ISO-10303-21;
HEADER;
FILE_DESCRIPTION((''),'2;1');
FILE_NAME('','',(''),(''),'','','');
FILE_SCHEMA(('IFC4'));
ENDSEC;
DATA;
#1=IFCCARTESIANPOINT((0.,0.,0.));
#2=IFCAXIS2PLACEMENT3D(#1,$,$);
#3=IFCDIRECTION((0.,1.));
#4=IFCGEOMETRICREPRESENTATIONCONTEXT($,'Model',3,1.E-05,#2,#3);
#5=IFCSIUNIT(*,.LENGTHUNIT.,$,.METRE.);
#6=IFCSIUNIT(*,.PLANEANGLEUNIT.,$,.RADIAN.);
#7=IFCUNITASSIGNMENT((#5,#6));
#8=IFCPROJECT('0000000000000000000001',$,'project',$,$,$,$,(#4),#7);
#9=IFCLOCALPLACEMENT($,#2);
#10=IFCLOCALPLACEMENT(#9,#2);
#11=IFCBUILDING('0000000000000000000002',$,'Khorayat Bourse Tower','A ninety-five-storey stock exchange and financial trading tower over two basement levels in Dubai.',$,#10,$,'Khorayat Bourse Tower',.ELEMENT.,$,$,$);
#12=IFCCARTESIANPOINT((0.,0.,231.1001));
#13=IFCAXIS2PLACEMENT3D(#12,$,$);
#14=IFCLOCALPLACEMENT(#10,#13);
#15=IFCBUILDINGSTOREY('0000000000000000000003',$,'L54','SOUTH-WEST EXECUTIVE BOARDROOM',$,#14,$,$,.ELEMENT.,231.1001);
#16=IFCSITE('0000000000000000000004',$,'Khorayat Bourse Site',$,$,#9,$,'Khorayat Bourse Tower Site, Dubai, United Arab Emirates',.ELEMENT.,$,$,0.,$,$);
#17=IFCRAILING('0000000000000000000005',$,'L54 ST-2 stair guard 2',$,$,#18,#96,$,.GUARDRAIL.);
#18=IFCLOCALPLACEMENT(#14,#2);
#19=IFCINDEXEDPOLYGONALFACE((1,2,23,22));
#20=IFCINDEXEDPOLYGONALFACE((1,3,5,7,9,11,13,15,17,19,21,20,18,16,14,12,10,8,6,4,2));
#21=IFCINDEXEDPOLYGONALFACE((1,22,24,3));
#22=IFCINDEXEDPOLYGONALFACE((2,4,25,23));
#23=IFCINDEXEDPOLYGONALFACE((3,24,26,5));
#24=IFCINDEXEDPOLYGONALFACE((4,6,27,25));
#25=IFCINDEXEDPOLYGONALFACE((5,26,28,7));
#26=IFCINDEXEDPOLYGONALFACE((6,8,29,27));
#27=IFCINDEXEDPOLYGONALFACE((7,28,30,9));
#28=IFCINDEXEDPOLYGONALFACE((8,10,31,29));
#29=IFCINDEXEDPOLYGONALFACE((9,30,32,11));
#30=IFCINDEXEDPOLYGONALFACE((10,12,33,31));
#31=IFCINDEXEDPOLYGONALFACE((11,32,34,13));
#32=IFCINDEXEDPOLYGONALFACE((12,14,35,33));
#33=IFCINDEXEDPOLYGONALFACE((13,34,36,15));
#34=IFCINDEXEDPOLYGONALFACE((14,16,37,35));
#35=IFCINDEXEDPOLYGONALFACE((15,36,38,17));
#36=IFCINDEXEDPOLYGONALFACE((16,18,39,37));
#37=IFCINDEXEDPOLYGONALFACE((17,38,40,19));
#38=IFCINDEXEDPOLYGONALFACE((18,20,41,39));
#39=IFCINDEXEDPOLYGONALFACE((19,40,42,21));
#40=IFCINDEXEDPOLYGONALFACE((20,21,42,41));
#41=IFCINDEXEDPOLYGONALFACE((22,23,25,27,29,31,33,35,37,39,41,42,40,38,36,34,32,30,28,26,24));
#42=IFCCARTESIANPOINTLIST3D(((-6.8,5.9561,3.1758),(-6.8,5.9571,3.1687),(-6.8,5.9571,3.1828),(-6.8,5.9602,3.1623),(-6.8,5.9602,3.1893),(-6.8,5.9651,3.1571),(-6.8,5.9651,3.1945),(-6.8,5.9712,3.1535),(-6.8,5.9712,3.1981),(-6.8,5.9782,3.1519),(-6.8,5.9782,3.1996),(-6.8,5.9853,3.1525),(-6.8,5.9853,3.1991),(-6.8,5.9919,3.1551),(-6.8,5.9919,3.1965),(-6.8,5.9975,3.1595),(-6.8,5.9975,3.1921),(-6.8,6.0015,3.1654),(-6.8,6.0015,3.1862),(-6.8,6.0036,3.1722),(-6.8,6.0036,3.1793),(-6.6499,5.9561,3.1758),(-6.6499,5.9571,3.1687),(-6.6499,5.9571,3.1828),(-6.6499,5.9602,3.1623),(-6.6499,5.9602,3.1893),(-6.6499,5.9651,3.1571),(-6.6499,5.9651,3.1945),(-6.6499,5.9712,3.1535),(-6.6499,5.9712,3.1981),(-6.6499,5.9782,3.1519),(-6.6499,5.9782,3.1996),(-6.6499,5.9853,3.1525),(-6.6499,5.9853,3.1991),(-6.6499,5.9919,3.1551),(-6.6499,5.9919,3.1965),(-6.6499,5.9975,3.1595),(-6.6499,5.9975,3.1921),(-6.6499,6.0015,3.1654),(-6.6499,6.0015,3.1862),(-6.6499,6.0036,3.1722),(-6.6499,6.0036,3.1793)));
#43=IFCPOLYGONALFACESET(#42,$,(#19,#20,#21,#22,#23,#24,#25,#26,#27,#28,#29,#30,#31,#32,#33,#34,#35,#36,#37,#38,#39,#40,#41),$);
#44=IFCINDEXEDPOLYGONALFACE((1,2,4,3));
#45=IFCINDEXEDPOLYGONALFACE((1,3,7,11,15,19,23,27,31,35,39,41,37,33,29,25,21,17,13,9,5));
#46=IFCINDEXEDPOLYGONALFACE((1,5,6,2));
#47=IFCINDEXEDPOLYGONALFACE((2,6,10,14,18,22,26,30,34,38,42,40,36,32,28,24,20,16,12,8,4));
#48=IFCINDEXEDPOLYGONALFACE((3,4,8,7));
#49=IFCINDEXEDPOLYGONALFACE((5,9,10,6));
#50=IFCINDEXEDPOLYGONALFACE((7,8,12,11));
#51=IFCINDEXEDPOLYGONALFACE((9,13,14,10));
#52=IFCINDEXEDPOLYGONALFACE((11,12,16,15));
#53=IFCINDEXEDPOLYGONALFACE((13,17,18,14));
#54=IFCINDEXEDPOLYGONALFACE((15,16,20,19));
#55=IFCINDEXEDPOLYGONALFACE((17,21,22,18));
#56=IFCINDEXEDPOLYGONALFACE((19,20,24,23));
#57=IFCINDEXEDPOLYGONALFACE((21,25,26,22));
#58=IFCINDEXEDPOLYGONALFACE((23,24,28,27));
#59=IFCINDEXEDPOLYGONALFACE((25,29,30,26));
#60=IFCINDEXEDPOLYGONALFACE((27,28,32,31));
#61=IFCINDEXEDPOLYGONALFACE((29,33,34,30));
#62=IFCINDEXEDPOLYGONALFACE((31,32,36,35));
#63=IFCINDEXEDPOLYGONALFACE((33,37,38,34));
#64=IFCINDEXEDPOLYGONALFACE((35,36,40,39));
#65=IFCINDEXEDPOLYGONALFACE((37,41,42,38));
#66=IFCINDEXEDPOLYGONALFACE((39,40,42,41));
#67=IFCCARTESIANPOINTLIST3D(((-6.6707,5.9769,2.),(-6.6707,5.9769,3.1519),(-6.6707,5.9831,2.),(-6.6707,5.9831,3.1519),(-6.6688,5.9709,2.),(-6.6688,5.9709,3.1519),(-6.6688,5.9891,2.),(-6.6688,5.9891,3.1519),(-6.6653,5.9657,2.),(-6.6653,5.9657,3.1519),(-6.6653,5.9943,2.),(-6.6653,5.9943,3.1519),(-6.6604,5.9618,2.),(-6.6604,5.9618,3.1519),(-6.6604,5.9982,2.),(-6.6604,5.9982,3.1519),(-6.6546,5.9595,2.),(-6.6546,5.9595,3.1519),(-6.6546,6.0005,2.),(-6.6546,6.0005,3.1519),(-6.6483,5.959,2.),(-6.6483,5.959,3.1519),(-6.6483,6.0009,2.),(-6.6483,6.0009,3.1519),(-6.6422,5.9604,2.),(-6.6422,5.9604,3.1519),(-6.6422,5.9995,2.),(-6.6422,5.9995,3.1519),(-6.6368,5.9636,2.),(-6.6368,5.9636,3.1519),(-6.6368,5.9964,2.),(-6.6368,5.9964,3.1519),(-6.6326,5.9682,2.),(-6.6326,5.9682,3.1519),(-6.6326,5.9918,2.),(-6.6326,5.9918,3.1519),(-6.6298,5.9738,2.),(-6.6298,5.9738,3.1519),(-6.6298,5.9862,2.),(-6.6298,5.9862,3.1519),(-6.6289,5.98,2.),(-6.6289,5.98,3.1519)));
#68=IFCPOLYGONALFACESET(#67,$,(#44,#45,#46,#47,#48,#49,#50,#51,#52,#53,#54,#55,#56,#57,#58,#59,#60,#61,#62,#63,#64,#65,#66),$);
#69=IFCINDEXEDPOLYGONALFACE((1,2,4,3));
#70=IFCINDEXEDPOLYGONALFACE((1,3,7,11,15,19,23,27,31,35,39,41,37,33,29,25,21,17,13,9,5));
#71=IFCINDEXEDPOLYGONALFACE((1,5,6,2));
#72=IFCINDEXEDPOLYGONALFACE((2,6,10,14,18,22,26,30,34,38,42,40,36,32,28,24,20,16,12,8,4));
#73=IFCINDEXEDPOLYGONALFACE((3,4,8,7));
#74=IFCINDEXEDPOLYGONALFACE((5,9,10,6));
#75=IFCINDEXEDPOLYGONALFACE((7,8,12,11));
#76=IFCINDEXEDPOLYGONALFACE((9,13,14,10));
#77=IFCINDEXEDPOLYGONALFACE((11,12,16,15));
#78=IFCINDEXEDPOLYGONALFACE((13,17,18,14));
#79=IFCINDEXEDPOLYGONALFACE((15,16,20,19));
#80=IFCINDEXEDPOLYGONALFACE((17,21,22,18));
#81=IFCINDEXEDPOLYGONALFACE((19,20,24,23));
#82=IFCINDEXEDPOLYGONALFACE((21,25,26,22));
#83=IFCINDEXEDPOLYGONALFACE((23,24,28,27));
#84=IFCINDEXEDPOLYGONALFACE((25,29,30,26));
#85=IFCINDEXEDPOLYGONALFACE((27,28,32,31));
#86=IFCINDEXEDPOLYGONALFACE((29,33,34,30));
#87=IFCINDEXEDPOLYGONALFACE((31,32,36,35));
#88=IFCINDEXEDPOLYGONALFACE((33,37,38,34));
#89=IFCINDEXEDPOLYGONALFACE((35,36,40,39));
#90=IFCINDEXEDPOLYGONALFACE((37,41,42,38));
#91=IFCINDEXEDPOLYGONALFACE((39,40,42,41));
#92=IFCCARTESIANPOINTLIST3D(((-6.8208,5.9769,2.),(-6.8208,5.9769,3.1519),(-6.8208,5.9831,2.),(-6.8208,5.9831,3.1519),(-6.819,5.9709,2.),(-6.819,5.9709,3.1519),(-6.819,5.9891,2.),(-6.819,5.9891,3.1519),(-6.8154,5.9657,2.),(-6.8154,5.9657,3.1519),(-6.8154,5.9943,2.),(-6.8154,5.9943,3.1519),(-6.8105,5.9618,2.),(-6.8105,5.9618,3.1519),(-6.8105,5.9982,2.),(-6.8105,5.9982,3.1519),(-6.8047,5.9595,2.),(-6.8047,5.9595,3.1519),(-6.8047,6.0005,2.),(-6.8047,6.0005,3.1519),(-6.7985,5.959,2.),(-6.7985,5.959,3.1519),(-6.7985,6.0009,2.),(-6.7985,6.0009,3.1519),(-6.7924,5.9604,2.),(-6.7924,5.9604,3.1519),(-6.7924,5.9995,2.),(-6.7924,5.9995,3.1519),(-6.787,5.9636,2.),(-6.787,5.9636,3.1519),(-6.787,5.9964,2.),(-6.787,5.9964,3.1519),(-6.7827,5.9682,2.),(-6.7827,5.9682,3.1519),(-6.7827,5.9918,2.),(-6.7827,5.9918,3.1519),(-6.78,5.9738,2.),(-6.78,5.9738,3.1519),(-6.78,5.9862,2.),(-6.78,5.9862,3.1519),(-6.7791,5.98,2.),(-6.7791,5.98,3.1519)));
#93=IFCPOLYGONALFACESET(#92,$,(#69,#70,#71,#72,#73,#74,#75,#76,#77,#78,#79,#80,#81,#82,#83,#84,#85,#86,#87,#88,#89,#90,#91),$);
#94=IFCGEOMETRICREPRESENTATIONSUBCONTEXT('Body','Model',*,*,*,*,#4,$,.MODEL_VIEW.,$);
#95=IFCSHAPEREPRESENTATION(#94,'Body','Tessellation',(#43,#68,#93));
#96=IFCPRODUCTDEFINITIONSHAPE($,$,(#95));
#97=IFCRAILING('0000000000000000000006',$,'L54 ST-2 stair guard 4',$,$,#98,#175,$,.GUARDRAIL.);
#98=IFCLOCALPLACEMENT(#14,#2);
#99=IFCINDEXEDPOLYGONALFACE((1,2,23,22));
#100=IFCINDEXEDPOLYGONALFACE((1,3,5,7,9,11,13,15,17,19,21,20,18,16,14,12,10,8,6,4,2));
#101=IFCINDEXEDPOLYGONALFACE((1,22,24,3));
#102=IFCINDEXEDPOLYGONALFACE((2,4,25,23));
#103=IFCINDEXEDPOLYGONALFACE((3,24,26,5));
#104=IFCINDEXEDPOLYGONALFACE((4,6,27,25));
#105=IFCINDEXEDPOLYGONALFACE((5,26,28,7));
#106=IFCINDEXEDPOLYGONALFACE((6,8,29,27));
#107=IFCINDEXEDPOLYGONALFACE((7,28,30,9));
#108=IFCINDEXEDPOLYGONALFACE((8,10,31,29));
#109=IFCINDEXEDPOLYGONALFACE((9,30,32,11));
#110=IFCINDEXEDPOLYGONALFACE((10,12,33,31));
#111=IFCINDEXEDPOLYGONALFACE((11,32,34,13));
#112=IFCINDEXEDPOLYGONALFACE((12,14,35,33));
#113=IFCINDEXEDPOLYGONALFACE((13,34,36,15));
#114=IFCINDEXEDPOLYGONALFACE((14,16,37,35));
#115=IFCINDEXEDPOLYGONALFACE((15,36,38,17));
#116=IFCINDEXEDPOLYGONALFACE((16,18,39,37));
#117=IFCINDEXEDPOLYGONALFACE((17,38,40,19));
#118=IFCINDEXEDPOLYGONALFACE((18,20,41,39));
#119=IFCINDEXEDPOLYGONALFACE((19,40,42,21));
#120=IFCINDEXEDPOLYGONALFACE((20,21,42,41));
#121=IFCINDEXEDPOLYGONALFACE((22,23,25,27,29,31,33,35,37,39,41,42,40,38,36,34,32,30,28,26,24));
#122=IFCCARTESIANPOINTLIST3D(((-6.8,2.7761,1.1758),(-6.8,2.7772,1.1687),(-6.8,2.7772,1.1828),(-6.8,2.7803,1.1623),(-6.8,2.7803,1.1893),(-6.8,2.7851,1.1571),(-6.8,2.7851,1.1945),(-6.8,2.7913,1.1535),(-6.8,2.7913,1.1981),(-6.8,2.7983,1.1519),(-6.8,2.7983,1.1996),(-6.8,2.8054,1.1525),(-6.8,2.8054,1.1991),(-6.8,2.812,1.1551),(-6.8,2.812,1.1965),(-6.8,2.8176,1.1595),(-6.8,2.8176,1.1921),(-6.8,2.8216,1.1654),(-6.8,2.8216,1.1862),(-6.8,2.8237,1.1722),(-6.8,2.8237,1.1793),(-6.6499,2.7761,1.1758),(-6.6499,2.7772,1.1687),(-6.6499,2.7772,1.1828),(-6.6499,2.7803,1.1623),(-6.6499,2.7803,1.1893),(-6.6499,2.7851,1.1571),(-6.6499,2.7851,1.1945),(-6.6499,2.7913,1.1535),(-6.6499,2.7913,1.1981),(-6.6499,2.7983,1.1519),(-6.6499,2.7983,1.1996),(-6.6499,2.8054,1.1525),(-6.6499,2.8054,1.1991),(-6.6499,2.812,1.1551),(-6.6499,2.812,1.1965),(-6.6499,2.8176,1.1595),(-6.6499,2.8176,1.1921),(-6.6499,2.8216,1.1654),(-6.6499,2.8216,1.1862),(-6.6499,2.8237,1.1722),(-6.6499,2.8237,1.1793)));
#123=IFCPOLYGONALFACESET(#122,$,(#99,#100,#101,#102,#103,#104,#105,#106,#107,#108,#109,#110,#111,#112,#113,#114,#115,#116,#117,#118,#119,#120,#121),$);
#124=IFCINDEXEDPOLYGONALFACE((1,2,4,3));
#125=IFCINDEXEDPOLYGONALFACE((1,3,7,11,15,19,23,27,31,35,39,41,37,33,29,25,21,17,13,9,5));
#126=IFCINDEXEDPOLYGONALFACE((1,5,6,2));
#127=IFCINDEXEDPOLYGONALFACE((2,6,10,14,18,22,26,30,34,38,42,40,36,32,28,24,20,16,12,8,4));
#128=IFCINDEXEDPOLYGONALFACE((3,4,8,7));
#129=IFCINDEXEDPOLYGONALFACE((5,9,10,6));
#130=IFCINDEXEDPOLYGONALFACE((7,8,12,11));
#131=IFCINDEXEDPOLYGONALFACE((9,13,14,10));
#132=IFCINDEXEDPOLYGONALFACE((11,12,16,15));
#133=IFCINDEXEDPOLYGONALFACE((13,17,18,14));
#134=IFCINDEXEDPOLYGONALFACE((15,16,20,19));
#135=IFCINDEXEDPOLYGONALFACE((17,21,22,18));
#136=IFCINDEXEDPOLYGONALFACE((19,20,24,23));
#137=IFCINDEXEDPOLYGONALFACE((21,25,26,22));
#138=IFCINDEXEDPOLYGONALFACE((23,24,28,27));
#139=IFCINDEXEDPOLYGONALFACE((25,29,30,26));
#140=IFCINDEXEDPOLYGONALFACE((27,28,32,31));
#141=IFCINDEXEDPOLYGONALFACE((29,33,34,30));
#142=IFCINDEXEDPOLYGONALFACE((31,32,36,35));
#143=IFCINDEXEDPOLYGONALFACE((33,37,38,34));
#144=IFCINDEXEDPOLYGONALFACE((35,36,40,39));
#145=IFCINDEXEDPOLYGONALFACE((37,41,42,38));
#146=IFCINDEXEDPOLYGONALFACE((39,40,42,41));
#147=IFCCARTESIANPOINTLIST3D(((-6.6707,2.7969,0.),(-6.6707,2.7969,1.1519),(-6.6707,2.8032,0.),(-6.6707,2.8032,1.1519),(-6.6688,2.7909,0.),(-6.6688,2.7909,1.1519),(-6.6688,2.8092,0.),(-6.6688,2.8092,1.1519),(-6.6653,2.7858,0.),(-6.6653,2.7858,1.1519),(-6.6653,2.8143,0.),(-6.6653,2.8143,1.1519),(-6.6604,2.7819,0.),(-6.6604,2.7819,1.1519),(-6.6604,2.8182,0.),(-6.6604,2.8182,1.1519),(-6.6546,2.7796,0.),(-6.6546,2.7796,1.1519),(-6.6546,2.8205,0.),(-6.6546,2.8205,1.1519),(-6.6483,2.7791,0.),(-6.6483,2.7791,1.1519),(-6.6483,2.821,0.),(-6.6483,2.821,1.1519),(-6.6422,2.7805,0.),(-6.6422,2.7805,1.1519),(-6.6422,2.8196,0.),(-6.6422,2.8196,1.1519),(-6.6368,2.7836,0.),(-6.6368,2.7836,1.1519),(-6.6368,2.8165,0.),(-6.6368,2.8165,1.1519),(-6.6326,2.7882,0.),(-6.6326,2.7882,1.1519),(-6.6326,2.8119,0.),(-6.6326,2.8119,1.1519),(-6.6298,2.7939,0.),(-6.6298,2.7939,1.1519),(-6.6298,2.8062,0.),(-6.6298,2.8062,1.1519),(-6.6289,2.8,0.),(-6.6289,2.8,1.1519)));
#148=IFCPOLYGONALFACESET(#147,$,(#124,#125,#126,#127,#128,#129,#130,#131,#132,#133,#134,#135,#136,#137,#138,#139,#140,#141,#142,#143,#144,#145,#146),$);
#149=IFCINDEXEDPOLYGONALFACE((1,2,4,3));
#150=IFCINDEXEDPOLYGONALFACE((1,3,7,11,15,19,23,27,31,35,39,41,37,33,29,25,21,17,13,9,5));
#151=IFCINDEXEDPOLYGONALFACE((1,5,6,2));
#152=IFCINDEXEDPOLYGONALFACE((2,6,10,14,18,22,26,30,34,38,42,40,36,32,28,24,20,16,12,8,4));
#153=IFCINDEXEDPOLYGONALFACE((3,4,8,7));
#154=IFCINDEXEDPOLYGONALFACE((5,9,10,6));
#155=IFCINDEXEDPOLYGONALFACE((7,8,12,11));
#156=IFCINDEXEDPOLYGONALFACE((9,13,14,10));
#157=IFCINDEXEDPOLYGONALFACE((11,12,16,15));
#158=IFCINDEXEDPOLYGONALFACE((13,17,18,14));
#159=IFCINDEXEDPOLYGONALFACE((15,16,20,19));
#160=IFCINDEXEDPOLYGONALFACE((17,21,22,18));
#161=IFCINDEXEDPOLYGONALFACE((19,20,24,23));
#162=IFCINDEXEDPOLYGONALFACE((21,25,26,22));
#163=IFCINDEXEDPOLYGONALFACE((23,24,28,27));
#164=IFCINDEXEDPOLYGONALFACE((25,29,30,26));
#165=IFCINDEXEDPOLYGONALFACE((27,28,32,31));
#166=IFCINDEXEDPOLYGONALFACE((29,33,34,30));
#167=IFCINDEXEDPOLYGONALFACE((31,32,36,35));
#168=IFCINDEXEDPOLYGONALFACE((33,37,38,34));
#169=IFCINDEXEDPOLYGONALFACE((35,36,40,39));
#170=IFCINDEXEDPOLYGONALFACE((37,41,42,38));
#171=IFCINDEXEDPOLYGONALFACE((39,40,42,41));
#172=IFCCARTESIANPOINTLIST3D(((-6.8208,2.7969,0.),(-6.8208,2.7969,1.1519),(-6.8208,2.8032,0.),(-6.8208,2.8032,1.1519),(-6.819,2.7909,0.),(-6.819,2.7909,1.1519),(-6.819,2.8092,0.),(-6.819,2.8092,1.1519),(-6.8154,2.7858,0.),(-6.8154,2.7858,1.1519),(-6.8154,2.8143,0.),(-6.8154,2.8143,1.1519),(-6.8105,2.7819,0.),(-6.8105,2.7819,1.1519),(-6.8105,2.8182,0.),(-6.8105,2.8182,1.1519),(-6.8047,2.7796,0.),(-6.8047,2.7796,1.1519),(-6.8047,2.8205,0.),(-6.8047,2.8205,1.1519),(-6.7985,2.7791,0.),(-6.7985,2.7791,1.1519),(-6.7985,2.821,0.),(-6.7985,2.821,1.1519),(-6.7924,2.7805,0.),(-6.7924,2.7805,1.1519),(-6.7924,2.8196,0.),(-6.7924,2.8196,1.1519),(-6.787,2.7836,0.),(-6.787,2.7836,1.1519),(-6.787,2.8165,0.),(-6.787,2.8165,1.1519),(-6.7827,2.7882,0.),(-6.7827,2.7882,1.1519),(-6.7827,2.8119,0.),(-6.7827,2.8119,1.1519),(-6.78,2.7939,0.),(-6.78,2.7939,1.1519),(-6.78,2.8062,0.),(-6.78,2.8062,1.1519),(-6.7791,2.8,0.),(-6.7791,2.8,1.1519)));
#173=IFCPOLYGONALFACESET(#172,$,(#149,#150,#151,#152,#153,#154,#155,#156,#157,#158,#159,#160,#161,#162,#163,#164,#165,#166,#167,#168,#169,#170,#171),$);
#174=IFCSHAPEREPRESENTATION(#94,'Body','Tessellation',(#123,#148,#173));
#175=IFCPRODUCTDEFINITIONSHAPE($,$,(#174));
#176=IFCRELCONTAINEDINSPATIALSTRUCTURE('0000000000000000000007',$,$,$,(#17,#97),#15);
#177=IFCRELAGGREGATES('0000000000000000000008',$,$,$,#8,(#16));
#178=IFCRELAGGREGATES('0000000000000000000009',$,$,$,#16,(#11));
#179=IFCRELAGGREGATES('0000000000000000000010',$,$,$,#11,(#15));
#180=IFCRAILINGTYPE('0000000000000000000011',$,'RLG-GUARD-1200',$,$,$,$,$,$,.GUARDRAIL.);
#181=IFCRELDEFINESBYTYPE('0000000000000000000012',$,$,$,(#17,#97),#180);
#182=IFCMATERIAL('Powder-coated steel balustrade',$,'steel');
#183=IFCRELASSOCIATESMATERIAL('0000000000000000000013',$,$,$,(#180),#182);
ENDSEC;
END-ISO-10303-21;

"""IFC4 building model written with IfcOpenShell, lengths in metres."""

from ifc_helpers import new_model, si_unit, direction, frame, origin, origin_2d, place, context, subcontext, project, spatial, circle, extrude, source, transform, mapped, material, type_object, element, save


model = new_model("IFC4")

# Units and contexts
model_context = context("Model", 3, precision=1e-05, world=origin(), true_north=direction((0.0, 1.0)))
body_context = subcontext(model_context, "Body", "Model", "MODEL_VIEW")
ifc_project = project(units=[si_unit("LENGTHUNIT", "METRE"), si_unit("PLANEANGLEUNIT", "RADIAN")], contexts=[model_context])

# Site, building, storey
site_placement = place(None, origin())
site = spatial("IfcSite", under=ifc_project, at=site_placement, Name="Khorayat Bourse Site", LongName="Khorayat Bourse Tower Site, Dubai, United Arab Emirates", CompositionType="ELEMENT", RefElevation=0.0)
building_placement = place(site_placement, origin())
building = spatial("IfcBuilding", under=site, at=building_placement, Name="Khorayat Bourse Tower", Description="A ninety-five-storey stock exchange and financial trading tower over two basement levels in Dubai.", LongName="Khorayat Bourse Tower", CompositionType="ELEMENT")
storey_placement = place(building_placement, frame((0.0, 0.0, 231.1001)))
storey = spatial("IfcBuildingStorey", under=building, at=storey_placement, Name="L54", Description="SOUTH-WEST EXECUTIVE BOARDROOM", CompositionType="ELEMENT", Elevation=231.1001)

# Railings
ifc_material_1 = material(Name="Powder-coated steel balustrade", Category="steel")
railing_type_1 = type_object("IfcRailingType", Name="RLG-GUARD-1200", PredefinedType="GUARDRAIL", material=ifc_material_1)
shared_shape_1 = source(origin(), body_context, "Body", "SweptSolid", [
    extrude(circle(Radius=0.0239, at=origin_2d()), frame((0.0, 0.0, 1.1758), z_axis=(-1.0, 0.0, 0.0), x_axis=(0.0, -1.0, 0.0)), (0.0, 0.0, 1.0), 0.1501),
    extrude(circle(Radius=0.021, at=origin_2d()), origin(), (0.0, 0.0, 1.0), 1.1519),
    extrude(circle(Radius=0.021, at=origin_2d()), frame((-0.1501, 0.0, 0.0)), (0.0, 0.0, 1.0), 1.1519),
])
for number, where, name in (
    (1, (-6.6499, 5.98, 2.0), "L54 ST-2 stair guard 2"),
    (2, (-6.6499, 2.8, 0.0), "L54 ST-2 stair guard 4"),
):
    element("IfcRailing", number, at=place(storey_placement, frame(where)), inside=storey, type_object=railing_type_1, Name=name, PredefinedType="GUARDRAIL", context=body_context, shape_type="MappedRepresentation", body=[
        mapped(shared_shape_1, transform((0.0, 0.0, 0.0), scale=1.0)),
    ])

save(model, "model.ifc")
